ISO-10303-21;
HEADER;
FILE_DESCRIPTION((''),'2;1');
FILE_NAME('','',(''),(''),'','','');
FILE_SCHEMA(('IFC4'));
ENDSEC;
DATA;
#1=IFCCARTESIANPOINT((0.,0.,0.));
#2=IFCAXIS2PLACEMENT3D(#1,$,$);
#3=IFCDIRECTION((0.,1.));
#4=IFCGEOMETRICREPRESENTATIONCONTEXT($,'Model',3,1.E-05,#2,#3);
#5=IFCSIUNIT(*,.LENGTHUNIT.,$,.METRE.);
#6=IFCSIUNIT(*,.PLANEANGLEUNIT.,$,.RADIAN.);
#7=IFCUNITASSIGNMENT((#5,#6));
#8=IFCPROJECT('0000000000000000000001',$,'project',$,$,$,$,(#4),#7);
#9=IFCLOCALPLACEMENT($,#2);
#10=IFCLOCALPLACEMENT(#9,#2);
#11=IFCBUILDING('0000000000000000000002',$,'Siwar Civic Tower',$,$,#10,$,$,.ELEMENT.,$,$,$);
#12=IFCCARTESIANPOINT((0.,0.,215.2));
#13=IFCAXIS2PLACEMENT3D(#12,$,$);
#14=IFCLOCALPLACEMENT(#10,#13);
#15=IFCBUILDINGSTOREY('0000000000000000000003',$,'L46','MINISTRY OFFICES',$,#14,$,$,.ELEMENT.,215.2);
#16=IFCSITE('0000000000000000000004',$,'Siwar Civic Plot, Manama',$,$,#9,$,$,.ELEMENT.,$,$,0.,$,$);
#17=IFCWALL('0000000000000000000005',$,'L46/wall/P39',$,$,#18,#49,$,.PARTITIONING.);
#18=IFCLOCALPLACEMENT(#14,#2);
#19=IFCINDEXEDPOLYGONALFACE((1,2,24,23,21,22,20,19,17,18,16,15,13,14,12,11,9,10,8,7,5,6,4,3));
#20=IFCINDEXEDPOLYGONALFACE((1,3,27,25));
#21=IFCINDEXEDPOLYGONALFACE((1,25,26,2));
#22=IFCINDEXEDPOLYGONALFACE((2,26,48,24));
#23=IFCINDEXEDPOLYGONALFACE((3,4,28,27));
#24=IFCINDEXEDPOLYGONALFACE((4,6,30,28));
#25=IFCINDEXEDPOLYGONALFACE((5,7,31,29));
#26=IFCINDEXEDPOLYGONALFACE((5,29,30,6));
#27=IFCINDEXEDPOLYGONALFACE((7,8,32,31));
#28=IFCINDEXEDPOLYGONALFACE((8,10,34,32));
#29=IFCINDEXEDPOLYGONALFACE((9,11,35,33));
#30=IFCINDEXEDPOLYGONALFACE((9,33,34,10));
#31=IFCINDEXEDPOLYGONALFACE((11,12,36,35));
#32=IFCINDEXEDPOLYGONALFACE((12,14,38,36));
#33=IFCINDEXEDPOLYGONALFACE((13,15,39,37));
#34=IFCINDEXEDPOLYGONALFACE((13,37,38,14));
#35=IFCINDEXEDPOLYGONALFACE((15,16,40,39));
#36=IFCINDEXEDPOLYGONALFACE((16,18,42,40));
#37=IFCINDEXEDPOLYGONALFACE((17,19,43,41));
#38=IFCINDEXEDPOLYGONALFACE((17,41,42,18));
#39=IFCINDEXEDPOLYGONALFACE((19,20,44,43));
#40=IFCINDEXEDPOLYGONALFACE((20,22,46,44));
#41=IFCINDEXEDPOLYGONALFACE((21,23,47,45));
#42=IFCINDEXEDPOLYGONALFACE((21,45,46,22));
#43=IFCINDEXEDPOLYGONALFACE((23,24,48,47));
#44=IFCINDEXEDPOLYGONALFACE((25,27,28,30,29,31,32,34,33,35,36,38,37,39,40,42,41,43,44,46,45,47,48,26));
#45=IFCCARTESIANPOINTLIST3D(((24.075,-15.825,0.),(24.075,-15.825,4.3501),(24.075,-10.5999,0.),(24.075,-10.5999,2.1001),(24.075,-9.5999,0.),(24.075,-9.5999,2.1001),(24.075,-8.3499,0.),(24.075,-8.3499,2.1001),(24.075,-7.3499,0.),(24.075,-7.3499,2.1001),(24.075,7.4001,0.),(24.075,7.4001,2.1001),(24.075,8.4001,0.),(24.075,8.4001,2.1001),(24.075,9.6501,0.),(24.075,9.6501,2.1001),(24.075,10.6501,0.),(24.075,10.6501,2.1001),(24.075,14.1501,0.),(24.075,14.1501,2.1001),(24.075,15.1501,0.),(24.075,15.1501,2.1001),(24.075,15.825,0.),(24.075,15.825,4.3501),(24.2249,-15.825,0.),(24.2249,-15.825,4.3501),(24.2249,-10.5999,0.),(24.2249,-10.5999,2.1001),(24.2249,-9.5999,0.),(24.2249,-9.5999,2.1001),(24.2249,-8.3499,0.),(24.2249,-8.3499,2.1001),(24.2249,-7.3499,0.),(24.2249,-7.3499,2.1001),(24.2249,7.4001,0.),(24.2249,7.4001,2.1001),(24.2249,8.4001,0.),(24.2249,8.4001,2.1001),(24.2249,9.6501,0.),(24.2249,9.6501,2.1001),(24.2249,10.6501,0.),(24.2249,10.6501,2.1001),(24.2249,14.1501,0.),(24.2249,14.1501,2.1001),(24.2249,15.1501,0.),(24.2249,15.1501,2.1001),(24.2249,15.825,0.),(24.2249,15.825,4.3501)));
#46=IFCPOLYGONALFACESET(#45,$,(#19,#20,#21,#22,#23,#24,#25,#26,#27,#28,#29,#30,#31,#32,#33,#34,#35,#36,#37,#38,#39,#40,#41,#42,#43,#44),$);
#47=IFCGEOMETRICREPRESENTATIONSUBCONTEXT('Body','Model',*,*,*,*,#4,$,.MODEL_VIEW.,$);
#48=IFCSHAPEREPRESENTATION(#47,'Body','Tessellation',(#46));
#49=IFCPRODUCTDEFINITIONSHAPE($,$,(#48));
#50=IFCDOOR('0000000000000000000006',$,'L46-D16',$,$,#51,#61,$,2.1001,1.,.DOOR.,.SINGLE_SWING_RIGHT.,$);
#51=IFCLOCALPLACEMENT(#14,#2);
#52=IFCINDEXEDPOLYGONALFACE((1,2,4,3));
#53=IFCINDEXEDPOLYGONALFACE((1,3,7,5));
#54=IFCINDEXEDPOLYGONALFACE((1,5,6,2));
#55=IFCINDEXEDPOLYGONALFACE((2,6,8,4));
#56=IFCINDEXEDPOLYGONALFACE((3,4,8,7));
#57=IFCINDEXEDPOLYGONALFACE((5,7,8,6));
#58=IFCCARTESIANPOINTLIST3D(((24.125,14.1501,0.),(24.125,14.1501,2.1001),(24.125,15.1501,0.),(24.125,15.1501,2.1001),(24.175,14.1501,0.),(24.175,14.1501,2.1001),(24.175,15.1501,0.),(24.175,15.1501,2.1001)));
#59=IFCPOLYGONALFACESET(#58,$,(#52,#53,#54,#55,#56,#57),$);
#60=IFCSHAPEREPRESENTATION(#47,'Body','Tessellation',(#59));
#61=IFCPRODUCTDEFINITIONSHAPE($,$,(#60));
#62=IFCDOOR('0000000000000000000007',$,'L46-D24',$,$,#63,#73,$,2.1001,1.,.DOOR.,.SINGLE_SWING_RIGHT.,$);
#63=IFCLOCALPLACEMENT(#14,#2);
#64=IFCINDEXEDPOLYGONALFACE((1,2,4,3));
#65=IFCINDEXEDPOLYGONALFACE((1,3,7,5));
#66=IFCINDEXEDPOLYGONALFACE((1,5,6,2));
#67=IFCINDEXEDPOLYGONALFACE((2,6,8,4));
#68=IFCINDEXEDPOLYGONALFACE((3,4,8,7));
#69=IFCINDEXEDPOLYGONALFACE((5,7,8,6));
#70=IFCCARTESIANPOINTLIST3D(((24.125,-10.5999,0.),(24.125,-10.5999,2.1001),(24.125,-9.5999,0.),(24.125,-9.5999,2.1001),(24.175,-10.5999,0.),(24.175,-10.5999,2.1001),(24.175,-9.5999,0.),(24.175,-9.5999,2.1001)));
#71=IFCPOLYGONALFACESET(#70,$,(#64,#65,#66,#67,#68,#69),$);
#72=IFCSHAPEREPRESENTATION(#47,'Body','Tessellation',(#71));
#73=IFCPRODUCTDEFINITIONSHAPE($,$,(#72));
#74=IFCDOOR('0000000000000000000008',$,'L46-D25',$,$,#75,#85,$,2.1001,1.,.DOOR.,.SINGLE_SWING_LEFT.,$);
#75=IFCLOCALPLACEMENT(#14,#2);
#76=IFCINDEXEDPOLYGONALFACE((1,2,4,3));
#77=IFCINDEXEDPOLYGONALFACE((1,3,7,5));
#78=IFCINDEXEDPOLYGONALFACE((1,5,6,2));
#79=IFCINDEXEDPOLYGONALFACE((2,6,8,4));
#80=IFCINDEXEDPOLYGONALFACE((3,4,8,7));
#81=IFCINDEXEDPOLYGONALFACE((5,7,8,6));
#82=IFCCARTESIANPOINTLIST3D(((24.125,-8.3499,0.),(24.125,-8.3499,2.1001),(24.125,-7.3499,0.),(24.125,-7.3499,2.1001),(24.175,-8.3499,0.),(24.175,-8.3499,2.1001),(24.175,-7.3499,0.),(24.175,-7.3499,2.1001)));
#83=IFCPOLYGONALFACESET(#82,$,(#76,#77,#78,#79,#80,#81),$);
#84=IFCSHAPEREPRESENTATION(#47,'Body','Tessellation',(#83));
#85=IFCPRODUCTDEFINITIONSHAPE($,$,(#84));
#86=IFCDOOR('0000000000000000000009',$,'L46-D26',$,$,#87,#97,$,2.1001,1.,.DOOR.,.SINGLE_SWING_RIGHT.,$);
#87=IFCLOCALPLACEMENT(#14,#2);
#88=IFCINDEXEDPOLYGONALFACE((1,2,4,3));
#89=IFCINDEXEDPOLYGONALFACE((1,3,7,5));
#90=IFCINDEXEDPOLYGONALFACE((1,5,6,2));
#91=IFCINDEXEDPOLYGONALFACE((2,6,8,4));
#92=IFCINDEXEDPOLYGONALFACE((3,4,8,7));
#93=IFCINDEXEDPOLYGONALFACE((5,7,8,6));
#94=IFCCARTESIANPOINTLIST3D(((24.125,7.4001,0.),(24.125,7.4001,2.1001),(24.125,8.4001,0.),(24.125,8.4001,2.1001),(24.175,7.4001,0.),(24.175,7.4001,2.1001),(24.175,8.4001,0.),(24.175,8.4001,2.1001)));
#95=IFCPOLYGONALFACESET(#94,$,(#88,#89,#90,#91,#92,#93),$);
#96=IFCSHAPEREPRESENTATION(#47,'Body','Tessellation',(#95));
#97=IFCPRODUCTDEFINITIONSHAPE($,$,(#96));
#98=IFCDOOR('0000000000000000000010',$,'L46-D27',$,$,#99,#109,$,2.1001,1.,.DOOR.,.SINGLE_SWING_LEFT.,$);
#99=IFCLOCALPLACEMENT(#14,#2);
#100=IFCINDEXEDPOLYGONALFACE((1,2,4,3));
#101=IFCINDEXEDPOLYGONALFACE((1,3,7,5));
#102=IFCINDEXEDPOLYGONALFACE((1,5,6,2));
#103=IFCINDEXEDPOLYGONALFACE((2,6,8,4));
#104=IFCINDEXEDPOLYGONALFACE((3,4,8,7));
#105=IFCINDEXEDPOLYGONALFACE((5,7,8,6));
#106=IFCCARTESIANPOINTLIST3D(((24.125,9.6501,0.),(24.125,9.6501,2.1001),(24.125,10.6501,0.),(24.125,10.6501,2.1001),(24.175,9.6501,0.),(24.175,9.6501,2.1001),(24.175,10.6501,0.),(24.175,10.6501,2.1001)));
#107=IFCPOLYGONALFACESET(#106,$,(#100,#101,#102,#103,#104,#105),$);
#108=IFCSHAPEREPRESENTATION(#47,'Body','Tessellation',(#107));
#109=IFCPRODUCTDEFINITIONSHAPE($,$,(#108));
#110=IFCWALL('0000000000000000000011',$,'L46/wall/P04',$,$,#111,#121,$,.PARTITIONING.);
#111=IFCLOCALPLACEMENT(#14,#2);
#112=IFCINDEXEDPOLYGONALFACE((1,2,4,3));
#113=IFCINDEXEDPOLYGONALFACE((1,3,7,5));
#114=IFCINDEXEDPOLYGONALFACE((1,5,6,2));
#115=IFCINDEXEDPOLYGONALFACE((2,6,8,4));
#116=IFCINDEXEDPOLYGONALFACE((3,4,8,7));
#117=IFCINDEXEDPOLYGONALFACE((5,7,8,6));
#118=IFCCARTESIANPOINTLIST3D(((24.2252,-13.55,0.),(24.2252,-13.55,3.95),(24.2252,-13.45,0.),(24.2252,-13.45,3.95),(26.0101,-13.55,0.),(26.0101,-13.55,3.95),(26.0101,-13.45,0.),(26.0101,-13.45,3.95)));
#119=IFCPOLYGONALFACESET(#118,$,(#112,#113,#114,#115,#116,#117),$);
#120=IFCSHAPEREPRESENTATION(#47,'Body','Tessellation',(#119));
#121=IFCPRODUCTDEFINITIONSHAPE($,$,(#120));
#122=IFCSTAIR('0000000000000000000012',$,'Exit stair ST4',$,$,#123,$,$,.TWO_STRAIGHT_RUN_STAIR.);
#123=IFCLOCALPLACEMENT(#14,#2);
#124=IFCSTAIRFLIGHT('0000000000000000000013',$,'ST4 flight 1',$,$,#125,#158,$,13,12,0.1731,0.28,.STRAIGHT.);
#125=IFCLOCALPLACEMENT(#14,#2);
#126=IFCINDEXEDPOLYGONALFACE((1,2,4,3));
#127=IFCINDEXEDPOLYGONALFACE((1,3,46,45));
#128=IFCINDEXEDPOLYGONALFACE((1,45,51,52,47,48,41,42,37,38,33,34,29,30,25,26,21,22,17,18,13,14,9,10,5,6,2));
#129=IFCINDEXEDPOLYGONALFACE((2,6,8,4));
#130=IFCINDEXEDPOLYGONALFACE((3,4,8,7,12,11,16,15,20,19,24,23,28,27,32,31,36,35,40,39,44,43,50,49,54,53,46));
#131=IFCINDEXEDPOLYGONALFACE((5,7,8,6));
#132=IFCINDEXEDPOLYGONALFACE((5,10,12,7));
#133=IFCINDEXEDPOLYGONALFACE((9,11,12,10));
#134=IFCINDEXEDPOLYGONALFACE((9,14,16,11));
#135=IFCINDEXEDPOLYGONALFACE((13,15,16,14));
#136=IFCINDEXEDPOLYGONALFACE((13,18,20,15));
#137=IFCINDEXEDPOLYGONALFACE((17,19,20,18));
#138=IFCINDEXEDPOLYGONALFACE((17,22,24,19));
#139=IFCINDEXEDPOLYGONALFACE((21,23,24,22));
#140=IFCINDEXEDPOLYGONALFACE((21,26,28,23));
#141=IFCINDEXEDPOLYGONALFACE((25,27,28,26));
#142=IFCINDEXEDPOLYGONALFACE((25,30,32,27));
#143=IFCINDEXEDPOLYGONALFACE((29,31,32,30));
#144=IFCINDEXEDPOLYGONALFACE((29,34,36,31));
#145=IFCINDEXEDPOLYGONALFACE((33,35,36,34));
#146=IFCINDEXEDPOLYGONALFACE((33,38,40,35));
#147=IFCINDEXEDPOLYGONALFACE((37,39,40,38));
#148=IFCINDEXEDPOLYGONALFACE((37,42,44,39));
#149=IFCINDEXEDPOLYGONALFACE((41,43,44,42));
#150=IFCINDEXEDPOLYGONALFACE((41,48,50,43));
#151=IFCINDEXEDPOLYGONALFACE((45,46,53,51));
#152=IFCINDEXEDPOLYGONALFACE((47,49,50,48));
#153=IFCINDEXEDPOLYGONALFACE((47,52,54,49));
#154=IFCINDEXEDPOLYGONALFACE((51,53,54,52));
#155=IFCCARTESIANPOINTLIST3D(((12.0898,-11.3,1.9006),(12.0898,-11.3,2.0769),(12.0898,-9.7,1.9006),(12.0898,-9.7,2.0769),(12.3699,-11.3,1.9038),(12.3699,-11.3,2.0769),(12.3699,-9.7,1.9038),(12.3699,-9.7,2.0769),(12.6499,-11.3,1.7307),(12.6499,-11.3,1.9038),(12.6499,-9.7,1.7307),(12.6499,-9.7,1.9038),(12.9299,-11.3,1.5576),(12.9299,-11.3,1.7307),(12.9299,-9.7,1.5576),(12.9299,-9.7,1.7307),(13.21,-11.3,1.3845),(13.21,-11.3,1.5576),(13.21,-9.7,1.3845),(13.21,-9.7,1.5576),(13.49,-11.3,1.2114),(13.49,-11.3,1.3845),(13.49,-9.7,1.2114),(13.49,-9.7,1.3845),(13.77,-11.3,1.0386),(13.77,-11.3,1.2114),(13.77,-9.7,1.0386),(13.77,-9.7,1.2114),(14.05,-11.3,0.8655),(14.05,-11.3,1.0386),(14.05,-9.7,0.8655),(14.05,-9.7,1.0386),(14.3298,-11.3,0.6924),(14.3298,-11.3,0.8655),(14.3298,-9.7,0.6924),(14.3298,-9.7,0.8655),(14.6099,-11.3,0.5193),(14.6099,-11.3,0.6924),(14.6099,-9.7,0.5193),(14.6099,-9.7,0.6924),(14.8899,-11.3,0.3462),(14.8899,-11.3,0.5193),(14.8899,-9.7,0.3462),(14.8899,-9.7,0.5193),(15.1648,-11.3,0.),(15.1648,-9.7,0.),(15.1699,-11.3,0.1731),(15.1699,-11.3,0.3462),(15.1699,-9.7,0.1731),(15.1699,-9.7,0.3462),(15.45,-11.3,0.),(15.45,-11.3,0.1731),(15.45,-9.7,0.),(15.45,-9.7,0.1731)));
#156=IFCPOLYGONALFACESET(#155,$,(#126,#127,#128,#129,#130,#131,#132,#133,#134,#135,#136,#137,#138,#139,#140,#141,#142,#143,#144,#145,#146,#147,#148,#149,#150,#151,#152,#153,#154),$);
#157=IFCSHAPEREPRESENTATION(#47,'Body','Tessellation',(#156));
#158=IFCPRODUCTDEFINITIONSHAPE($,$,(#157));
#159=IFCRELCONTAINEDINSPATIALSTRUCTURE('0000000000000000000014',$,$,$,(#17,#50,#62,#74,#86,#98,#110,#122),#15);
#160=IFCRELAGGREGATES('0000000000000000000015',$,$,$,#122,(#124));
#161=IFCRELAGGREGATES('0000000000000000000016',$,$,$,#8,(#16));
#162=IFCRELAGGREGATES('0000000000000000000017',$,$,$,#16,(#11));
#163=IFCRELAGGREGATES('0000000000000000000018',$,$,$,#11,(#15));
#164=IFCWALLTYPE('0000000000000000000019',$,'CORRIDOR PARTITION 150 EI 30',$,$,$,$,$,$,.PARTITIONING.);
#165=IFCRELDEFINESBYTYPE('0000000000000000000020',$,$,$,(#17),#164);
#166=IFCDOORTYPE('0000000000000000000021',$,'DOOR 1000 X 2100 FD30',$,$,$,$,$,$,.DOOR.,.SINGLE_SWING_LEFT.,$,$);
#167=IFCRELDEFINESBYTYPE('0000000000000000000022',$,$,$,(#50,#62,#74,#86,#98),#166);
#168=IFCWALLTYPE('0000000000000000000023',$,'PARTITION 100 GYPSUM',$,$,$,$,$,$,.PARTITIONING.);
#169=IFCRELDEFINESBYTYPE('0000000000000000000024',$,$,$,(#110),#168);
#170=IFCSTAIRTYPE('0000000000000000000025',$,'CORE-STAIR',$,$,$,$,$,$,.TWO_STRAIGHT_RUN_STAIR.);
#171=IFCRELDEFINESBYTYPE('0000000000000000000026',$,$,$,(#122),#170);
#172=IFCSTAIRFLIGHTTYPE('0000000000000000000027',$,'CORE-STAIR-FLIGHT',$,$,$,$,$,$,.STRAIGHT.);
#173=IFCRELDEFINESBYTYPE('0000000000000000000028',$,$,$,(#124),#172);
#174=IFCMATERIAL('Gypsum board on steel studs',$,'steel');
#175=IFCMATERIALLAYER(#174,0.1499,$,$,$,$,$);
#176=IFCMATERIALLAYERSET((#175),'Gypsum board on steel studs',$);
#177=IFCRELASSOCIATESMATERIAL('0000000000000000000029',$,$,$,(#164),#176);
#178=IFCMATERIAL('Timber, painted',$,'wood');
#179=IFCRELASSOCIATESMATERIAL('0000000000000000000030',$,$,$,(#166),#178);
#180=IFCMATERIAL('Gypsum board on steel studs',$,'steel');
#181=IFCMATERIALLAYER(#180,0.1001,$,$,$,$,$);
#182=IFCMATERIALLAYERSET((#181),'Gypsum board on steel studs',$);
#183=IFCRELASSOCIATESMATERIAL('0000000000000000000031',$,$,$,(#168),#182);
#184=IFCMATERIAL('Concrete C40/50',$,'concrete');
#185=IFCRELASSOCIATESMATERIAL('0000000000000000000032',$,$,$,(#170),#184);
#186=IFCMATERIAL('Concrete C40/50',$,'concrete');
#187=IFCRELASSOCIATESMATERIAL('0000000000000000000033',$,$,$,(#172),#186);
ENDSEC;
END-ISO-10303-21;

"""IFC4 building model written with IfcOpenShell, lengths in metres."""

from ifc_helpers import new_model, si_unit, direction, frame, frame_2d, origin, place, context, subcontext, project, spatial, polyline, rectangle, outline, extrude, material, layer, layer_set, type_object, element, fill, aggregate, save


model = new_model("IFC4")

# Units and contexts
model_context = context("Model", 3, precision=1e-05, world=origin(), true_north=direction((0.0, 1.0)))
body_context = subcontext(model_context, "Body", "Model", "MODEL_VIEW")
ifc_project = project(units=[si_unit("LENGTHUNIT", "METRE"), si_unit("PLANEANGLEUNIT", "RADIAN")], contexts=[model_context])

# Site, building, storey
site_placement = place(None, origin())
site = spatial("IfcSite", under=ifc_project, at=site_placement, Name="Siwar Civic Plot, Manama", CompositionType="ELEMENT", RefElevation=0.0)
building_placement = place(site_placement, origin())
building = spatial("IfcBuilding", under=site, at=building_placement, Name="Siwar Civic Tower", CompositionType="ELEMENT")
storey_placement = place(building_placement, frame((0.0, 0.0, 215.2)))
storey = spatial("IfcBuildingStorey", under=building, at=storey_placement, Name="L46", Description="MINISTRY OFFICES", CompositionType="ELEMENT", Elevation=215.2)

# Wall, openings, doors
ifc_material_1 = material(Name="Gypsum board on steel studs", Category="steel")
ifc_layer_1 = layer(ifc_material_1, 0.1499)
ifc_layer_set_1 = layer_set([ifc_layer_1], Name="Gypsum board on steel studs")
wall_type_1 = type_object("IfcWallType", Name="CORRIDOR PARTITION 150 EI 30", PredefinedType="PARTITIONING", material=ifc_layer_set_1)
wall_1_placement = place(storey_placement, frame((24.1499, -15.825, 0.0), z_axis=(0.0, 0.0, 1.0), x_axis=(0.0, 1.0, 0.0)))
wall_1 = element("IfcWall", 1, at=wall_1_placement, inside=storey, type_object=wall_type_1, Name="L46/wall/P39", PredefinedType="PARTITIONING", context=body_context, shape_type="SweptSolid", body=[
    extrude(rectangle(XDim=31.6499, YDim=0.1499, at=frame_2d((15.825, 0.0))), origin(), (0.0, 0.0, 1.0), 4.3501),
])
opening_1_placement = place(wall_1_placement, frame((29.9751, 0.0, 0.0)))
opening_1 = element("IfcOpeningElement", 2, at=opening_1_placement, cuts=wall_1, PredefinedType="OPENING", context=body_context, shape_type="SweptSolid", body=[
    extrude(rectangle(XDim=1.0, YDim=2.1001, at=frame_2d((0.5, 1.05))), frame((0.0, 0.085, 0.0), z_axis=(0.0, -1.0, 0.0), x_axis=(1.0, 0.0, 0.0)), (0.0, 0.0, 1.0), 0.1699),
])
opening_2_placement = place(wall_1_placement, frame((5.2251, 0.0, 0.0)))
opening_2 = element("IfcOpeningElement", 3, at=opening_2_placement, cuts=wall_1, PredefinedType="OPENING", context=body_context, shape_type="SweptSolid", body=[
    extrude(rectangle(XDim=1.0, YDim=2.1001, at=frame_2d((0.5, 1.05))), frame((0.0, 0.085, 0.0), z_axis=(0.0, -1.0, 0.0), x_axis=(1.0, 0.0, 0.0)), (0.0, 0.0, 1.0), 0.1699),
])
opening_3_placement = place(wall_1_placement, frame((7.4751, 0.0, 0.0)))
opening_3 = element("IfcOpeningElement", 4, at=opening_3_placement, cuts=wall_1, PredefinedType="OPENING", context=body_context, shape_type="SweptSolid", body=[
    extrude(rectangle(XDim=1.0, YDim=2.1001, at=frame_2d((0.5, 1.05))), frame((0.0, 0.085, 0.0), z_axis=(0.0, -1.0, 0.0), x_axis=(1.0, 0.0, 0.0)), (0.0, 0.0, 1.0), 0.1699),
])
opening_4_placement = place(wall_1_placement, frame((23.2251, 0.0, 0.0)))
opening_4 = element("IfcOpeningElement", 5, at=opening_4_placement, cuts=wall_1, PredefinedType="OPENING", context=body_context, shape_type="SweptSolid", body=[
    extrude(rectangle(XDim=1.0, YDim=2.1001, at=frame_2d((0.5, 1.05))), frame((0.0, 0.085, 0.0), z_axis=(0.0, -1.0, 0.0), x_axis=(1.0, 0.0, 0.0)), (0.0, 0.0, 1.0), 0.1699),
])
opening_5_placement = place(wall_1_placement, frame((25.4751, 0.0, 0.0)))
opening_5 = element("IfcOpeningElement", 6, at=opening_5_placement, cuts=wall_1, PredefinedType="OPENING", context=body_context, shape_type="SweptSolid", body=[
    extrude(rectangle(XDim=1.0, YDim=2.1001, at=frame_2d((0.5, 1.05))), frame((0.0, 0.085, 0.0), z_axis=(0.0, -1.0, 0.0), x_axis=(1.0, 0.0, 0.0)), (0.0, 0.0, 1.0), 0.1699),
])
ifc_material_2 = material(Name="Timber, painted", Category="wood")
door_type_1 = type_object("IfcDoorType", Name="DOOR 1000 X 2100 FD30", OperationType="SINGLE_SWING_LEFT", PredefinedType="DOOR", material=ifc_material_2)
door_1_placement = place(opening_1_placement, origin())
door_1 = element("IfcDoor", 7, at=door_1_placement, inside=storey, type_object=door_type_1, Name="L46-D16", OperationType="SINGLE_SWING_RIGHT", OverallHeight=2.1001, OverallWidth=1.0, PredefinedType="DOOR", context=body_context, shape_type="SweptSolid", body=[
    extrude(rectangle(XDim=1.0, YDim=2.1001, at=frame_2d((0.5, 1.05))), frame((0.0, 0.0249, 0.0), z_axis=(0.0, -1.0, 0.0), x_axis=(1.0, 0.0, 0.0)), (0.0, 0.0, 1.0), 0.05),
])
fill(opening_1, door_1)
door_2_placement = place(opening_2_placement, origin())
door_2 = element("IfcDoor", 8, at=door_2_placement, inside=storey, type_object=door_type_1, Name="L46-D24", OperationType="SINGLE_SWING_RIGHT", OverallHeight=2.1001, OverallWidth=1.0, PredefinedType="DOOR", context=body_context, shape_type="SweptSolid", body=[
    extrude(rectangle(XDim=1.0, YDim=2.1001, at=frame_2d((0.5, 1.05))), frame((0.0, 0.0249, 0.0), z_axis=(0.0, -1.0, 0.0), x_axis=(1.0, 0.0, 0.0)), (0.0, 0.0, 1.0), 0.05),
])
fill(opening_2, door_2)
door_3_placement = place(opening_3_placement, origin())
door_3 = element("IfcDoor", 9, at=door_3_placement, inside=storey, type_object=door_type_1, Name="L46-D25", OperationType="SINGLE_SWING_LEFT", OverallHeight=2.1001, OverallWidth=1.0, PredefinedType="DOOR", context=body_context, shape_type="SweptSolid", body=[
    extrude(rectangle(XDim=1.0, YDim=2.1001, at=frame_2d((0.5, 1.05))), frame((0.0, 0.0249, 0.0), z_axis=(0.0, -1.0, 0.0), x_axis=(1.0, 0.0, 0.0)), (0.0, 0.0, 1.0), 0.05),
])
fill(opening_3, door_3)
door_4_placement = place(opening_4_placement, origin())
door_4 = element("IfcDoor", 10, at=door_4_placement, inside=storey, type_object=door_type_1, Name="L46-D26", OperationType="SINGLE_SWING_RIGHT", OverallHeight=2.1001, OverallWidth=1.0, PredefinedType="DOOR", context=body_context, shape_type="SweptSolid", body=[
    extrude(rectangle(XDim=1.0, YDim=2.1001, at=frame_2d((0.5, 1.05))), frame((0.0, 0.0249, 0.0), z_axis=(0.0, -1.0, 0.0), x_axis=(1.0, 0.0, 0.0)), (0.0, 0.0, 1.0), 0.05),
])
fill(opening_4, door_4)
door_5_placement = place(opening_5_placement, origin())
door_5 = element("IfcDoor", 11, at=door_5_placement, inside=storey, type_object=door_type_1, Name="L46-D27", OperationType="SINGLE_SWING_LEFT", OverallHeight=2.1001, OverallWidth=1.0, PredefinedType="DOOR", context=body_context, shape_type="SweptSolid", body=[
    extrude(rectangle(XDim=1.0, YDim=2.1001, at=frame_2d((0.5, 1.05))), frame((0.0, 0.0249, 0.0), z_axis=(0.0, -1.0, 0.0), x_axis=(1.0, 0.0, 0.0)), (0.0, 0.0, 1.0), 0.05),
])
fill(opening_5, door_5)

# Wall
ifc_material_3 = material(Name="Gypsum board on steel studs", Category="steel")
ifc_layer_2 = layer(ifc_material_3, 0.1001)
ifc_layer_set_2 = layer_set([ifc_layer_2], Name="Gypsum board on steel studs")
wall_type_2 = type_object("IfcWallType", Name="PARTITION 100 GYPSUM", PredefinedType="PARTITIONING", material=ifc_layer_set_2)
wall_2_placement = place(storey_placement, frame((24.2251, -13.5, 0.0), z_axis=(0.0, 0.0, 1.0), x_axis=(1.0, 0.0, 0.0)))
element("IfcWall", 12, at=wall_2_placement, inside=storey, type_object=wall_type_2, Name="L46/wall/P04", PredefinedType="PARTITIONING", context=body_context, shape_type="SweptSolid", body=[
    extrude(rectangle(XDim=1.7849, YDim=0.1001, at=frame_2d((0.8926, 0.0))), origin(), (0.0, 0.0, 1.0), 3.95),
])

# Stair, stair flight
ifc_material_4 = material(Name="Concrete C40/50", Category="concrete")
stair_type = type_object("IfcStairType", Name="CORE-STAIR", PredefinedType="TWO_STRAIGHT_RUN_STAIR", material=ifc_material_4)
stair_placement = place(storey_placement, origin())
stair = element("IfcStair", 13, at=stair_placement, inside=storey, type_object=stair_type, Name="Exit stair ST4", PredefinedType="TWO_STRAIGHT_RUN_STAIR")
ifc_material_5 = material(Name="Concrete C40/50", Category="concrete")
stair_flight_type = type_object("IfcStairFlightType", Name="CORE-STAIR-FLIGHT", PredefinedType="STRAIGHT", material=ifc_material_5)
stair_flight_placement = place(storey_placement, frame((15.45, -10.5, 0.0), z_axis=(0.0, 0.0, 1.0), x_axis=(-1.0, 0.0, 0.0)))
stair_flight = element("IfcStairFlight", 14, at=stair_flight_placement, type_object=stair_flight_type, Name="ST4 flight 1", NumberOfRisers=13, NumberOfTreads=12, PredefinedType="STRAIGHT", RiserHeight=0.1731, TreadLength=0.28, context=body_context, shape_type="SweptSolid", body=[
    extrude(outline(polyline([(0.0, 0.0), (0.0, 0.1731), (0.28, 0.1731), (0.28, 0.3462), (0.5601, 0.3462), (0.5601, 0.5193), (0.8401, 0.5193), (0.8401, 0.6924), (1.1201, 0.6924), (1.1201, 0.8655), (1.3999, 0.8655), (1.3999, 1.0386), (1.6799, 1.0386), (1.6799, 1.2114), (1.96, 1.2114), (1.96, 1.3845), (2.24, 1.3845), (2.24, 1.5576), (2.52, 1.5576), (2.52, 1.7307), (2.8, 1.7307), (2.8, 1.9038), (3.0801, 1.9038), (3.0801, 2.0769), (3.3601, 2.0769), (3.3601, 2.25), (3.3601, 1.9006), (0.2852, 0.0), (0.0, 0.0)])), frame((0.0, 0.8, 0.0), z_axis=(0.0, -1.0, 0.0), x_axis=(1.0, 0.0, 0.0)), (0.0, 0.0, 1.0), 1.6001),
])
aggregate(stair, [stair_flight])

save(model, "model.ifc")
